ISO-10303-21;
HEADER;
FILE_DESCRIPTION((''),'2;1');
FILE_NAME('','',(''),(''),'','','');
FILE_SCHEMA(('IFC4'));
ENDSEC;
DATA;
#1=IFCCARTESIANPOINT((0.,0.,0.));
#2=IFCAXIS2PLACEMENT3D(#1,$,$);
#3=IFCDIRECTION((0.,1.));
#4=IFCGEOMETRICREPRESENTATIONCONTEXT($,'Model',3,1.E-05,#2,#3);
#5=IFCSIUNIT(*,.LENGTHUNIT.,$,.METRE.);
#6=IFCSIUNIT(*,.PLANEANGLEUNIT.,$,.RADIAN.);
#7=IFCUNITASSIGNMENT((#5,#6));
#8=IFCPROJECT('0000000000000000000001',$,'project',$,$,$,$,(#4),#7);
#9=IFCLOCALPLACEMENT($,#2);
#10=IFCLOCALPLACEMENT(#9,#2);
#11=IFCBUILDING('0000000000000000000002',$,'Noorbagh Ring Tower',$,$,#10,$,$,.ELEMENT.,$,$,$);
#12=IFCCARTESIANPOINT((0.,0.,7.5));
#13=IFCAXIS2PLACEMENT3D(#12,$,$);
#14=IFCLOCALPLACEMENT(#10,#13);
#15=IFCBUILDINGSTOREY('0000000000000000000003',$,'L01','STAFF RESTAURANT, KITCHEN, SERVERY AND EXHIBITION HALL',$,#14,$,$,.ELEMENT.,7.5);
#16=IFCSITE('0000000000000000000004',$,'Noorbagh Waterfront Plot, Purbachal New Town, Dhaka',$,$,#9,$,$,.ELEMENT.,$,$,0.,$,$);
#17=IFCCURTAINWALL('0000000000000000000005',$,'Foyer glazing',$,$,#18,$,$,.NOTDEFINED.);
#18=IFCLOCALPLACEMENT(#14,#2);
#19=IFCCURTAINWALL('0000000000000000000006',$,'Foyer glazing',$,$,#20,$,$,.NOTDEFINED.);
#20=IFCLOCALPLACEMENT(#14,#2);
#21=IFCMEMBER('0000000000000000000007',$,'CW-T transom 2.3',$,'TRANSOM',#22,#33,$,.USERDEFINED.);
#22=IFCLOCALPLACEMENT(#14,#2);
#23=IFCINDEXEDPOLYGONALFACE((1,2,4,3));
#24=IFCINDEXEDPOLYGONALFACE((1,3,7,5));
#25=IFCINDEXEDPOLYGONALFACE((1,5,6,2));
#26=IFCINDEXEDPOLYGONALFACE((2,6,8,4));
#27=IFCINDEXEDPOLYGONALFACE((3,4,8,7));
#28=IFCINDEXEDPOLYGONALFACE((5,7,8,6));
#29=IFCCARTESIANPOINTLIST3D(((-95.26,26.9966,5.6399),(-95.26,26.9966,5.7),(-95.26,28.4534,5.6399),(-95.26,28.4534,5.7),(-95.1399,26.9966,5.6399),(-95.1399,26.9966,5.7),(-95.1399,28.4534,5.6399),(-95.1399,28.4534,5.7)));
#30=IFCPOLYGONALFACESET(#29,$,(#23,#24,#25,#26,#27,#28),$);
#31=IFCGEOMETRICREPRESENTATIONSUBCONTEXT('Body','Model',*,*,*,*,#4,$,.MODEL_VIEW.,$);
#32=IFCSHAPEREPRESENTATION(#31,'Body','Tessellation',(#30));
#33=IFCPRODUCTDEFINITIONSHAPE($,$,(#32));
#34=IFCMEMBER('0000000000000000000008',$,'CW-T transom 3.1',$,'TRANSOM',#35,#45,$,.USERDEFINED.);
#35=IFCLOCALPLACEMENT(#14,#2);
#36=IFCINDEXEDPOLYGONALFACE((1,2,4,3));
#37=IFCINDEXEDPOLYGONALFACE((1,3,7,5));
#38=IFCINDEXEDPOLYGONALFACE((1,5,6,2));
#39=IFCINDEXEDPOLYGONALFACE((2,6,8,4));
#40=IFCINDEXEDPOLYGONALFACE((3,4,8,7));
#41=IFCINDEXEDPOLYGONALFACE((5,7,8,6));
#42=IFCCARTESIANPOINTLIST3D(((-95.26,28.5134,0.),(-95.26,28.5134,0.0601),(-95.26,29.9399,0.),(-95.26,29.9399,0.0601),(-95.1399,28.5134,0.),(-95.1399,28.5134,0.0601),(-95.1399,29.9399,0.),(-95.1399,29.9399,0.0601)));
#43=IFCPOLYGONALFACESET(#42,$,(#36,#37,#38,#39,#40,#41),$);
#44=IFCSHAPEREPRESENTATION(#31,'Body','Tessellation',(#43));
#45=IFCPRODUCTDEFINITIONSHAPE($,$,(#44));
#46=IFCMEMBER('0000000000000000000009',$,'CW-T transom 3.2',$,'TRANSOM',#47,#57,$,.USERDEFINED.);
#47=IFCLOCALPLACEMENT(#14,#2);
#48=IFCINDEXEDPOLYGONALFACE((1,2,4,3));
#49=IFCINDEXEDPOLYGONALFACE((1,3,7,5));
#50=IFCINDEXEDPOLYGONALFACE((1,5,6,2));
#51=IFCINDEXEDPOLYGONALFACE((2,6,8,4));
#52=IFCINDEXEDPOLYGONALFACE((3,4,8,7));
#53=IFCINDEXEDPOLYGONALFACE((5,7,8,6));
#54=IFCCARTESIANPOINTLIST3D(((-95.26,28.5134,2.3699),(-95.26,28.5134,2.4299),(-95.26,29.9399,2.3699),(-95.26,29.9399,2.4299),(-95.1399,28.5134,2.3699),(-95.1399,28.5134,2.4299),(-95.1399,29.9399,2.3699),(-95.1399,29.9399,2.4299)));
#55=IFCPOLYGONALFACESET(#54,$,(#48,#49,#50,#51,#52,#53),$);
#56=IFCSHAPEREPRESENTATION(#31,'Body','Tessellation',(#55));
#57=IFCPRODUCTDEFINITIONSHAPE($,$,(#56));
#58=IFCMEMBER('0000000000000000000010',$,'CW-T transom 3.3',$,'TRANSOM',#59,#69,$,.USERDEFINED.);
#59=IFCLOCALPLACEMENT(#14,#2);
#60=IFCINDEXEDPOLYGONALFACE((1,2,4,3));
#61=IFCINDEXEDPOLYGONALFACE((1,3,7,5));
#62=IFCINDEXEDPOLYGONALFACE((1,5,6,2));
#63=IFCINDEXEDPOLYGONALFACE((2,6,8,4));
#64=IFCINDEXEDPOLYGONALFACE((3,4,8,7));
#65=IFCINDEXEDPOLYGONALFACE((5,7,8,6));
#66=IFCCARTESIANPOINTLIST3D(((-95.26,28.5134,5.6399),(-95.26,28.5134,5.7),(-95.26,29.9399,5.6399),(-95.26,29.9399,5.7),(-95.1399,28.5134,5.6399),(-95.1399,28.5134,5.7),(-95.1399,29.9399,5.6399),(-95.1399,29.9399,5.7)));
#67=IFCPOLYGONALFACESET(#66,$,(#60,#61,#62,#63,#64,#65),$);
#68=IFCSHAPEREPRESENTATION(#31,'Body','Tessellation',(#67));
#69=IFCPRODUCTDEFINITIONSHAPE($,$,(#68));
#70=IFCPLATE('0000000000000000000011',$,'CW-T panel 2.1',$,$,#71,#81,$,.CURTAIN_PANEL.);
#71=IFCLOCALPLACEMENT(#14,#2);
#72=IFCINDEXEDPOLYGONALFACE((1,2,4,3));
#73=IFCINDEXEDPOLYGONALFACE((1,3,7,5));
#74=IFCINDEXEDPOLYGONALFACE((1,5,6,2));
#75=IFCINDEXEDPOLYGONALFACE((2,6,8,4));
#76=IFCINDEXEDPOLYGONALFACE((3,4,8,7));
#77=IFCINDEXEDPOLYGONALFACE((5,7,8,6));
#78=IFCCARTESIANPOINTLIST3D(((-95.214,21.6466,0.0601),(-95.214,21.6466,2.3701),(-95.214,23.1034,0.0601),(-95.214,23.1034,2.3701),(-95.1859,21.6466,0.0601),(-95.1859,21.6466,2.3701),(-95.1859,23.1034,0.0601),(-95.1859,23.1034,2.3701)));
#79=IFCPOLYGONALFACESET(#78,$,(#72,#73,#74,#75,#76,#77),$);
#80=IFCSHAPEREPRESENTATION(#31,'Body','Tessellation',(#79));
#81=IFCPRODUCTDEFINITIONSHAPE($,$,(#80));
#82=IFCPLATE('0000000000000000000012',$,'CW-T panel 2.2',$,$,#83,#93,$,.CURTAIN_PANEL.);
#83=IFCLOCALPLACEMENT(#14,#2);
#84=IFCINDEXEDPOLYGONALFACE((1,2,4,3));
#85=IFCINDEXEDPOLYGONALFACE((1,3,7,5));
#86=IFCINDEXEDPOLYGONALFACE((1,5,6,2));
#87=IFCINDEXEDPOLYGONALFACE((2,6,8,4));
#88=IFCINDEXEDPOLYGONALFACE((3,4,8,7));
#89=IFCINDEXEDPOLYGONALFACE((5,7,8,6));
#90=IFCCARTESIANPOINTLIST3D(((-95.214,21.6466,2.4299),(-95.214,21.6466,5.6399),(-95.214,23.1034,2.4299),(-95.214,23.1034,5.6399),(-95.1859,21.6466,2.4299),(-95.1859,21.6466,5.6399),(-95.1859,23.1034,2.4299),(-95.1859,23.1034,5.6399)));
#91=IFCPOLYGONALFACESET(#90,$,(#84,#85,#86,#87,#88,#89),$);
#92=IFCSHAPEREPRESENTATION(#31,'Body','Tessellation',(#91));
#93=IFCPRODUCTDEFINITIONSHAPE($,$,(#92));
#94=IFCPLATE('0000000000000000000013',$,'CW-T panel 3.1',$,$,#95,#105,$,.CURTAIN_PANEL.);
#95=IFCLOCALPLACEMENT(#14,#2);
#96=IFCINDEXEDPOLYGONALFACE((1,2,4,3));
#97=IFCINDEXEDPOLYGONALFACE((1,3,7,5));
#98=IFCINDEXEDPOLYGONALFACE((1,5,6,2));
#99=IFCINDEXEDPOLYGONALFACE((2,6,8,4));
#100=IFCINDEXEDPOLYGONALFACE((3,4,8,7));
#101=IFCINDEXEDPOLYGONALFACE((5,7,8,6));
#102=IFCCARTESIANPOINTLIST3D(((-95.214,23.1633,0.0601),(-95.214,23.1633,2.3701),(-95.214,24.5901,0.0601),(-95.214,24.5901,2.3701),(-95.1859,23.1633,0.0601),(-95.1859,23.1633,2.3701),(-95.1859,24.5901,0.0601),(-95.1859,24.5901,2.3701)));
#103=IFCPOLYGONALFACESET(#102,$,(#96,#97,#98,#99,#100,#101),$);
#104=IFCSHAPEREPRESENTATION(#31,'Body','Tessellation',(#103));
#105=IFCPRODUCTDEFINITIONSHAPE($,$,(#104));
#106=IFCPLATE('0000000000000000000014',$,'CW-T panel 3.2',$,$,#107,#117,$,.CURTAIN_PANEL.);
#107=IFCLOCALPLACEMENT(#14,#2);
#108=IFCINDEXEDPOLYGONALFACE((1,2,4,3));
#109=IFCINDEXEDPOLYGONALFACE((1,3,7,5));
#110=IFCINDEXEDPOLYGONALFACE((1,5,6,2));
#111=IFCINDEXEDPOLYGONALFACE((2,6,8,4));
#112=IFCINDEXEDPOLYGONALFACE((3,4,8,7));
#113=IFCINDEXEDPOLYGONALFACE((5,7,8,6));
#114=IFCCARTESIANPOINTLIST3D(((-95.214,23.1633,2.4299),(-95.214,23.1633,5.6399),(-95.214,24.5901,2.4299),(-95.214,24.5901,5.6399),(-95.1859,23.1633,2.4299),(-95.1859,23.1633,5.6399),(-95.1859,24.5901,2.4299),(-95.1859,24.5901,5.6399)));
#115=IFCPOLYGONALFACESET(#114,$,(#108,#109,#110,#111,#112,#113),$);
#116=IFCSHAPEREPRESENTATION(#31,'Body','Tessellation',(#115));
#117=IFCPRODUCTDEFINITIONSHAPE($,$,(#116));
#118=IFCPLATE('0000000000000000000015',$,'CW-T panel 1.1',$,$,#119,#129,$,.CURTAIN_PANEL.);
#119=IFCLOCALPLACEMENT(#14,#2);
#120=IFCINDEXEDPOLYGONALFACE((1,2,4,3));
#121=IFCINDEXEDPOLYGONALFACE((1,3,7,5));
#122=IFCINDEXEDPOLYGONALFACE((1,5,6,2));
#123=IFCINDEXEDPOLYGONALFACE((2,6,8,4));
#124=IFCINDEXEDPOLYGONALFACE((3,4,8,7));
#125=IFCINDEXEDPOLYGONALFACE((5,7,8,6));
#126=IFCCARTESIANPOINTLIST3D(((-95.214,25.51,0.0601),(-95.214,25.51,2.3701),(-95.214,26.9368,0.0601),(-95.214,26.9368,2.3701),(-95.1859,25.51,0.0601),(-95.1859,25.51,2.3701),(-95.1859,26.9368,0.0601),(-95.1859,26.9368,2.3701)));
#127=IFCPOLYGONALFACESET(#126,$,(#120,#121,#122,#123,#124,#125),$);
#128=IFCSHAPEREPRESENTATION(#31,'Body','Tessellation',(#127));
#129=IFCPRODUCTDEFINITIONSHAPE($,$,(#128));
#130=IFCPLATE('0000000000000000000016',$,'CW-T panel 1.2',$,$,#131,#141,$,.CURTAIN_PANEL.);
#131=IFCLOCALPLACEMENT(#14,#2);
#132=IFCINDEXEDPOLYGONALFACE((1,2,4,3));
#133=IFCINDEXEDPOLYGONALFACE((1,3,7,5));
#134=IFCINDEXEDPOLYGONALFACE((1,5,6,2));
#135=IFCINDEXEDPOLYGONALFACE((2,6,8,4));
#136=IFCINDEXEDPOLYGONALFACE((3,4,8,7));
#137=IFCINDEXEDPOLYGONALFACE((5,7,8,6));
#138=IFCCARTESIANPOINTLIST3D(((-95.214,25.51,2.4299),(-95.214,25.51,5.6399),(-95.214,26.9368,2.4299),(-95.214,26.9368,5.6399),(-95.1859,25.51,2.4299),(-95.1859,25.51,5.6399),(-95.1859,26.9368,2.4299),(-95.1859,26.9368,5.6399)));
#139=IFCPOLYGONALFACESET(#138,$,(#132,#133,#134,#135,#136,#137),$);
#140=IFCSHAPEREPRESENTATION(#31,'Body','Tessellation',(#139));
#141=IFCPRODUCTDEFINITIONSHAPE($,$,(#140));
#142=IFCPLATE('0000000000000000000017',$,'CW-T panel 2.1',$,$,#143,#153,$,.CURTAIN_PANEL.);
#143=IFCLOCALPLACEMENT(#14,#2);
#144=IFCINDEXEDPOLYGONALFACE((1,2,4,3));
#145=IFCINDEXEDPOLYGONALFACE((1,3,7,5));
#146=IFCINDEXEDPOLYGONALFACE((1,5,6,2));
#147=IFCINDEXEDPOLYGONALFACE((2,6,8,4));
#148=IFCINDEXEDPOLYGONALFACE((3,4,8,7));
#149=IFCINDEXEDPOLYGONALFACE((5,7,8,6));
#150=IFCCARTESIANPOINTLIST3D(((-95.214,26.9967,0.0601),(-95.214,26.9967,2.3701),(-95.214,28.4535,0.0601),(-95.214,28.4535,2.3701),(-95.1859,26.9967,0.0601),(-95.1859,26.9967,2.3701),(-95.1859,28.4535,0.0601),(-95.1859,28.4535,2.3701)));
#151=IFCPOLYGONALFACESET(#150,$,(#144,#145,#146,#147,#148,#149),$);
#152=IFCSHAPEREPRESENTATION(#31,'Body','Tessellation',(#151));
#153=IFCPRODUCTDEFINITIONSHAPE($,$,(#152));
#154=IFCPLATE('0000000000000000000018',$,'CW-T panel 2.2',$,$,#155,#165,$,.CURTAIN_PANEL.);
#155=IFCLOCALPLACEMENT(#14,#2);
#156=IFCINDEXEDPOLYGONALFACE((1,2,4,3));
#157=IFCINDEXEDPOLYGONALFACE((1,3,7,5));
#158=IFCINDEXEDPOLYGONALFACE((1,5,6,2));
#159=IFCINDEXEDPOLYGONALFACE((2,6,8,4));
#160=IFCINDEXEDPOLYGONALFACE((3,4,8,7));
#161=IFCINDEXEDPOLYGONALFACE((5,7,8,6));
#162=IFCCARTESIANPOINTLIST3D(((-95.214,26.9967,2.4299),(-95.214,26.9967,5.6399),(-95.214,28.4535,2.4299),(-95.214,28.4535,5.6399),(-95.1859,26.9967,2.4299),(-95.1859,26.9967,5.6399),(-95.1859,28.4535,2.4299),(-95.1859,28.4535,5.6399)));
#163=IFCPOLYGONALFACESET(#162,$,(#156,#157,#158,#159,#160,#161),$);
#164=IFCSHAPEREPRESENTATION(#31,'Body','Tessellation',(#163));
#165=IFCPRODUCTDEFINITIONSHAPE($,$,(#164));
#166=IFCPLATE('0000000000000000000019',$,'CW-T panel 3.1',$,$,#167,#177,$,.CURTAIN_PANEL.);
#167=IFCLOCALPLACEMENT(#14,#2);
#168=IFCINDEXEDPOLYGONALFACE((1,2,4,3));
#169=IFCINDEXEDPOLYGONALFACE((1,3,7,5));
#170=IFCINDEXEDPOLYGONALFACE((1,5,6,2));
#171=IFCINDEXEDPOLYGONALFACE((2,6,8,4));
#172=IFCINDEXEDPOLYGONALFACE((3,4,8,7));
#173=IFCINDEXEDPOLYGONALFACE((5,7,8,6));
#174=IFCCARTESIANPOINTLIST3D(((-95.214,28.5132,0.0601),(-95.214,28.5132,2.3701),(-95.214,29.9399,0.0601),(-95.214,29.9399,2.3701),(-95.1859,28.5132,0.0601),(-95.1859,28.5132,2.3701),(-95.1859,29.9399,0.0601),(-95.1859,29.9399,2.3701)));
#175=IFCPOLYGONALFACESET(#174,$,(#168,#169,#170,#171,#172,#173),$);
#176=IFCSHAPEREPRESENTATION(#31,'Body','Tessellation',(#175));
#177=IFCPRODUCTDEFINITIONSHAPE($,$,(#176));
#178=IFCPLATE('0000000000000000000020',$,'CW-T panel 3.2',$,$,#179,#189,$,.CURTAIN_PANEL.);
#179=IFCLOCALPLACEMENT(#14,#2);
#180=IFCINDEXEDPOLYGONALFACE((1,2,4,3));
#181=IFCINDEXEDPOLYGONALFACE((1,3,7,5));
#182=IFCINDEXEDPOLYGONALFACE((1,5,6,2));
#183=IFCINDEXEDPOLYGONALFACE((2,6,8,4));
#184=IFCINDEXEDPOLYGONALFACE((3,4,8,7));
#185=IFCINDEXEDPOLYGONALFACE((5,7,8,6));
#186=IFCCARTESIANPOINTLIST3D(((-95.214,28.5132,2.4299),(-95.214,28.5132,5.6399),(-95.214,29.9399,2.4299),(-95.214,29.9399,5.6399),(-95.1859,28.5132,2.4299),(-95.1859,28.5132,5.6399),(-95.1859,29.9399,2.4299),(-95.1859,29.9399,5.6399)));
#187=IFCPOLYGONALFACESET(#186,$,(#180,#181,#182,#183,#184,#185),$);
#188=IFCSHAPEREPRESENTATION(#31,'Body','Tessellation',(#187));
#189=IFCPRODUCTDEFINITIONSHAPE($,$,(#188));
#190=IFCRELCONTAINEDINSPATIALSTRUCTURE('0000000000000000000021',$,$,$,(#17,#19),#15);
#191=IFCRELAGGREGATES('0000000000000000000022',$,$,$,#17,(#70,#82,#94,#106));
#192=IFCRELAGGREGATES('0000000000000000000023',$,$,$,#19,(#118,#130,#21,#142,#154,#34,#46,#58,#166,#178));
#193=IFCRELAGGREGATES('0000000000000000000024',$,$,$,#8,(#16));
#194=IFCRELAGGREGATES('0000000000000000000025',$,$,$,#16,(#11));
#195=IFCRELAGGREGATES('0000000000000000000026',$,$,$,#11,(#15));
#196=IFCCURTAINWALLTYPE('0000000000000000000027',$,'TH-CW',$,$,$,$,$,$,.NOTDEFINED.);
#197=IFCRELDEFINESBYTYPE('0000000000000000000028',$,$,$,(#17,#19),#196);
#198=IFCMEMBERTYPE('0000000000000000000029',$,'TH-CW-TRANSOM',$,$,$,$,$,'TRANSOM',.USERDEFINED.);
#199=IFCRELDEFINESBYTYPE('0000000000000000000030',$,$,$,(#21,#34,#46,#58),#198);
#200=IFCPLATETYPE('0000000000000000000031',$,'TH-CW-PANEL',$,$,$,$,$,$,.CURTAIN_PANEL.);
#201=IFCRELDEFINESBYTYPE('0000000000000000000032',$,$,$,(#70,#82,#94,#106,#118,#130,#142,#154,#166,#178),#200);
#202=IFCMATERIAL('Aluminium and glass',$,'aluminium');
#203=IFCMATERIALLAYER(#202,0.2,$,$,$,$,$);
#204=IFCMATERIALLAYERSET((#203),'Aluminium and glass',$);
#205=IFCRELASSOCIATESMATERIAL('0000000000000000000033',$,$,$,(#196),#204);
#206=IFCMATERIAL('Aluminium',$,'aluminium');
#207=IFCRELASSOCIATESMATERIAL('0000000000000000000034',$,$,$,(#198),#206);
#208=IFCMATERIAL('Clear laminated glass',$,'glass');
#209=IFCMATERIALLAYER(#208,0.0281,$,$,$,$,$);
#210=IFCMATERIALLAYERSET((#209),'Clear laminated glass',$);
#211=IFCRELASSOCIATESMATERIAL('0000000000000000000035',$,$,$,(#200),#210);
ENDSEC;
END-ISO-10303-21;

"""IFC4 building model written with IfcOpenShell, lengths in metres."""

from ifc_helpers import new_model, si_unit, direction, frame, origin, origin_2d, place, context, subcontext, project, spatial, rectangle, extrude, material, layer, layer_set, material_profile, profile_set, type_object, element, aggregate, save


model = new_model("IFC4")

# Units and contexts
model_context = context("Model", 3, precision=1e-05, world=origin(), true_north=direction((0.0, 1.0)))
body_context = subcontext(model_context, "Body", "Model", "MODEL_VIEW")
ifc_project = project(units=[si_unit("LENGTHUNIT", "METRE"), si_unit("PLANEANGLEUNIT", "RADIAN")], contexts=[model_context])

# Site, building, storey
site_placement = place(None, origin())
site = spatial("IfcSite", under=ifc_project, at=site_placement, Name="Noorbagh Waterfront Plot, Purbachal New Town, Dhaka", CompositionType="ELEMENT", RefElevation=0.0)
building_placement = place(site_placement, origin())
building = spatial("IfcBuilding", under=site, at=building_placement, Name="Noorbagh Ring Tower", CompositionType="ELEMENT")
storey_placement = place(building_placement, frame((0.0, 0.0, 7.5)))
storey = spatial("IfcBuildingStorey", under=building, at=storey_placement, Name="L01", Description="STAFF RESTAURANT, KITCHEN, SERVERY AND EXHIBITION HALL", CompositionType="ELEMENT", Elevation=7.5)

# Curtain walls
ifc_material_1 = material(Name="Aluminium and glass", Category="aluminium")
ifc_layer_1 = layer(ifc_material_1, 0.2)
ifc_layer_set_1 = layer_set([ifc_layer_1], Name="Aluminium and glass")
curtain_wall_type = type_object("IfcCurtainWallType", Name="TH-CW", PredefinedType="NOTDEFINED", material=ifc_layer_set_1)
curtain_wall_1_placement = place(storey_placement, origin())
curtain_wall_1 = element("IfcCurtainWall", 1, at=curtain_wall_1_placement, inside=storey, type_object=curtain_wall_type, Name="Foyer glazing", PredefinedType="NOTDEFINED")
curtain_wall_2_placement = place(storey_placement, origin())
curtain_wall_2 = element("IfcCurtainWall", 2, at=curtain_wall_2_placement, inside=storey, type_object=curtain_wall_type, Name="Foyer glazing", PredefinedType="NOTDEFINED")

# Members
ifc_material_2 = material(Name="Aluminium", Category="aluminium")
ifc_material_profile_1 = material_profile(ifc_material_2, rectangle(XDim=0.1201, YDim=0.0601, at=origin_2d()), Name="AL 120x60")
ifc_profile_set_1 = profile_set([ifc_material_profile_1], Name="Aluminium")
member_type_1 = type_object("IfcMemberType", Name="TH-CW-TRANSOM", ElementType="TRANSOM", PredefinedType="USERDEFINED", material=ifc_profile_set_1)
member_1_placement = place(storey_placement, frame((-95.2, 26.9966, 5.6699), z_axis=(0.0, 1.0, 0.0), x_axis=(-1.0, 0.0, 0.0)))
member_1 = element("IfcMember", 3, at=member_1_placement, type_object=member_type_1, Name="CW-T transom 2.3", ObjectType="TRANSOM", PredefinedType="USERDEFINED", context=body_context, shape_type="SweptSolid", body=[
    extrude(rectangle(XDim=0.1201, YDim=0.0601, at=origin_2d()), origin(), (0.0, 0.0, 1.0), 1.4568),
])
member_2_placement = place(storey_placement, frame((-95.2, 28.5134, 0.03), z_axis=(0.0, 1.0, 0.0), x_axis=(-1.0, 0.0, 0.0)))
member_2 = element("IfcMember", 4, at=member_2_placement, type_object=member_type_1, Name="CW-T transom 3.1", ObjectType="TRANSOM", PredefinedType="USERDEFINED", context=body_context, shape_type="SweptSolid", body=[
    extrude(rectangle(XDim=0.1201, YDim=0.0601, at=origin_2d()), origin(), (0.0, 0.0, 1.0), 1.4265),
])
member_3_placement = place(storey_placement, frame((-95.2, 28.5134, 2.3999), z_axis=(0.0, 1.0, 0.0), x_axis=(-1.0, 0.0, 0.0)))
member_3 = element("IfcMember", 5, at=member_3_placement, type_object=member_type_1, Name="CW-T transom 3.2", ObjectType="TRANSOM", PredefinedType="USERDEFINED", context=body_context, shape_type="SweptSolid", body=[
    extrude(rectangle(XDim=0.1201, YDim=0.0601, at=origin_2d()), origin(), (0.0, 0.0, 1.0), 1.4265),
])
member_4_placement = place(storey_placement, frame((-95.2, 28.5134, 5.6699), z_axis=(0.0, 1.0, 0.0), x_axis=(-1.0, 0.0, 0.0)))
member_4 = element("IfcMember", 6, at=member_4_placement, type_object=member_type_1, Name="CW-T transom 3.3", ObjectType="TRANSOM", PredefinedType="USERDEFINED", context=body_context, shape_type="SweptSolid", body=[
    extrude(rectangle(XDim=0.1201, YDim=0.0601, at=origin_2d()), origin(), (0.0, 0.0, 1.0), 1.4265),
])

# Plates
ifc_material_3 = material(Name="Clear laminated glass", Category="glass")
ifc_layer_2 = layer(ifc_material_3, 0.0281)
ifc_layer_set_2 = layer_set([ifc_layer_2], Name="Clear laminated glass")
plate_type = type_object("IfcPlateType", Name="TH-CW-PANEL", PredefinedType="CURTAIN_PANEL", material=ifc_layer_set_2)
plate_1_placement = place(storey_placement, frame((-95.2, 22.375, 0.0601), z_axis=(0.0, 0.0, 1.0), x_axis=(0.0, 1.0, 0.0)))
plate_1 = element("IfcPlate", 7, at=plate_1_placement, type_object=plate_type, Name="CW-T panel 2.1", PredefinedType="CURTAIN_PANEL", context=body_context, shape_type="SweptSolid", body=[
    extrude(rectangle(XDim=1.4568, YDim=0.0281, at=origin_2d()), origin(), (0.0, 0.0, 1.0), 2.3101),
])
plate_2_placement = place(storey_placement, frame((-95.2, 22.375, 2.4299), z_axis=(0.0, 0.0, 1.0), x_axis=(0.0, 1.0, 0.0)))
plate_2 = element("IfcPlate", 8, at=plate_2_placement, type_object=plate_type, Name="CW-T panel 2.2", PredefinedType="CURTAIN_PANEL", context=body_context, shape_type="SweptSolid", body=[
    extrude(rectangle(XDim=1.4568, YDim=0.0281, at=origin_2d()), origin(), (0.0, 0.0, 1.0), 3.21),
])
plate_3_placement = place(storey_placement, frame((-95.2, 23.8767, 0.0601), z_axis=(0.0, 0.0, 1.0), x_axis=(0.0, 1.0, 0.0)))
plate_3 = element("IfcPlate", 9, at=plate_3_placement, type_object=plate_type, Name="CW-T panel 3.1", PredefinedType="CURTAIN_PANEL", context=body_context, shape_type="SweptSolid", body=[
    extrude(rectangle(XDim=1.4268, YDim=0.0281, at=origin_2d()), origin(), (0.0, 0.0, 1.0), 2.3101),
])
plate_4_placement = place(storey_placement, frame((-95.2, 23.8767, 2.4299), z_axis=(0.0, 0.0, 1.0), x_axis=(0.0, 1.0, 0.0)))
plate_4 = element("IfcPlate", 10, at=plate_4_placement, type_object=plate_type, Name="CW-T panel 3.2", PredefinedType="CURTAIN_PANEL", context=body_context, shape_type="SweptSolid", body=[
    extrude(rectangle(XDim=1.4268, YDim=0.0281, at=origin_2d()), origin(), (0.0, 0.0, 1.0), 3.21),
])
aggregate(curtain_wall_1, [plate_1, plate_2, plate_3, plate_4])
plate_5_placement = place(storey_placement, frame((-95.2, 26.2234, 0.0601), z_axis=(0.0, 0.0, 1.0), x_axis=(0.0, 1.0, 0.0)))
plate_5 = element("IfcPlate", 11, at=plate_5_placement, type_object=plate_type, Name="CW-T panel 1.1", PredefinedType="CURTAIN_PANEL", context=body_context, shape_type="SweptSolid", body=[
    extrude(rectangle(XDim=1.4268, YDim=0.0281, at=origin_2d()), origin(), (0.0, 0.0, 1.0), 2.3101),
])
plate_6_placement = place(storey_placement, frame((-95.2, 26.2234, 2.4299), z_axis=(0.0, 0.0, 1.0), x_axis=(0.0, 1.0, 0.0)))
plate_6 = element("IfcPlate", 12, at=plate_6_placement, type_object=plate_type, Name="CW-T panel 1.2", PredefinedType="CURTAIN_PANEL", context=body_context, shape_type="SweptSolid", body=[
    extrude(rectangle(XDim=1.4268, YDim=0.0281, at=origin_2d()), origin(), (0.0, 0.0, 1.0), 3.21),
])
plate_7_placement = place(storey_placement, frame((-95.2, 27.7251, 0.0601), z_axis=(0.0, 0.0, 1.0), x_axis=(0.0, 1.0, 0.0)))
plate_7 = element("IfcPlate", 13, at=plate_7_placement, type_object=plate_type, Name="CW-T panel 2.1", PredefinedType="CURTAIN_PANEL", context=body_context, shape_type="SweptSolid", body=[
    extrude(rectangle(XDim=1.4568, YDim=0.0281, at=origin_2d()), origin(), (0.0, 0.0, 1.0), 2.3101),
])
plate_8_placement = place(storey_placement, frame((-95.2, 27.7251, 2.4299), z_axis=(0.0, 0.0, 1.0), x_axis=(0.0, 1.0, 0.0)))
plate_8 = element("IfcPlate", 14, at=plate_8_placement, type_object=plate_type, Name="CW-T panel 2.2", PredefinedType="CURTAIN_PANEL", context=body_context, shape_type="SweptSolid", body=[
    extrude(rectangle(XDim=1.4568, YDim=0.0281, at=origin_2d()), origin(), (0.0, 0.0, 1.0), 3.21),
])
plate_9_placement = place(storey_placement, frame((-95.2, 29.2266, 0.0601), z_axis=(0.0, 0.0, 1.0), x_axis=(0.0, 1.0, 0.0)))
plate_9 = element("IfcPlate", 15, at=plate_9_placement, type_object=plate_type, Name="CW-T panel 3.1", PredefinedType="CURTAIN_PANEL", context=body_context, shape_type="SweptSolid", body=[
    extrude(rectangle(XDim=1.4268, YDim=0.0281, at=origin_2d()), origin(), (0.0, 0.0, 1.0), 2.3101),
])
plate_10_placement = place(storey_placement, frame((-95.2, 29.2266, 2.4299), z_axis=(0.0, 0.0, 1.0), x_axis=(0.0, 1.0, 0.0)))
plate_10 = element("IfcPlate", 16, at=plate_10_placement, type_object=plate_type, Name="CW-T panel 3.2", PredefinedType="CURTAIN_PANEL", context=body_context, shape_type="SweptSolid", body=[
    extrude(rectangle(XDim=1.4268, YDim=0.0281, at=origin_2d()), origin(), (0.0, 0.0, 1.0), 3.21),
])
aggregate(curtain_wall_2, [plate_5, plate_6, member_1, plate_7, plate_8, member_2, member_3, member_4, plate_9, plate_10])

save(model, "model.ifc")
